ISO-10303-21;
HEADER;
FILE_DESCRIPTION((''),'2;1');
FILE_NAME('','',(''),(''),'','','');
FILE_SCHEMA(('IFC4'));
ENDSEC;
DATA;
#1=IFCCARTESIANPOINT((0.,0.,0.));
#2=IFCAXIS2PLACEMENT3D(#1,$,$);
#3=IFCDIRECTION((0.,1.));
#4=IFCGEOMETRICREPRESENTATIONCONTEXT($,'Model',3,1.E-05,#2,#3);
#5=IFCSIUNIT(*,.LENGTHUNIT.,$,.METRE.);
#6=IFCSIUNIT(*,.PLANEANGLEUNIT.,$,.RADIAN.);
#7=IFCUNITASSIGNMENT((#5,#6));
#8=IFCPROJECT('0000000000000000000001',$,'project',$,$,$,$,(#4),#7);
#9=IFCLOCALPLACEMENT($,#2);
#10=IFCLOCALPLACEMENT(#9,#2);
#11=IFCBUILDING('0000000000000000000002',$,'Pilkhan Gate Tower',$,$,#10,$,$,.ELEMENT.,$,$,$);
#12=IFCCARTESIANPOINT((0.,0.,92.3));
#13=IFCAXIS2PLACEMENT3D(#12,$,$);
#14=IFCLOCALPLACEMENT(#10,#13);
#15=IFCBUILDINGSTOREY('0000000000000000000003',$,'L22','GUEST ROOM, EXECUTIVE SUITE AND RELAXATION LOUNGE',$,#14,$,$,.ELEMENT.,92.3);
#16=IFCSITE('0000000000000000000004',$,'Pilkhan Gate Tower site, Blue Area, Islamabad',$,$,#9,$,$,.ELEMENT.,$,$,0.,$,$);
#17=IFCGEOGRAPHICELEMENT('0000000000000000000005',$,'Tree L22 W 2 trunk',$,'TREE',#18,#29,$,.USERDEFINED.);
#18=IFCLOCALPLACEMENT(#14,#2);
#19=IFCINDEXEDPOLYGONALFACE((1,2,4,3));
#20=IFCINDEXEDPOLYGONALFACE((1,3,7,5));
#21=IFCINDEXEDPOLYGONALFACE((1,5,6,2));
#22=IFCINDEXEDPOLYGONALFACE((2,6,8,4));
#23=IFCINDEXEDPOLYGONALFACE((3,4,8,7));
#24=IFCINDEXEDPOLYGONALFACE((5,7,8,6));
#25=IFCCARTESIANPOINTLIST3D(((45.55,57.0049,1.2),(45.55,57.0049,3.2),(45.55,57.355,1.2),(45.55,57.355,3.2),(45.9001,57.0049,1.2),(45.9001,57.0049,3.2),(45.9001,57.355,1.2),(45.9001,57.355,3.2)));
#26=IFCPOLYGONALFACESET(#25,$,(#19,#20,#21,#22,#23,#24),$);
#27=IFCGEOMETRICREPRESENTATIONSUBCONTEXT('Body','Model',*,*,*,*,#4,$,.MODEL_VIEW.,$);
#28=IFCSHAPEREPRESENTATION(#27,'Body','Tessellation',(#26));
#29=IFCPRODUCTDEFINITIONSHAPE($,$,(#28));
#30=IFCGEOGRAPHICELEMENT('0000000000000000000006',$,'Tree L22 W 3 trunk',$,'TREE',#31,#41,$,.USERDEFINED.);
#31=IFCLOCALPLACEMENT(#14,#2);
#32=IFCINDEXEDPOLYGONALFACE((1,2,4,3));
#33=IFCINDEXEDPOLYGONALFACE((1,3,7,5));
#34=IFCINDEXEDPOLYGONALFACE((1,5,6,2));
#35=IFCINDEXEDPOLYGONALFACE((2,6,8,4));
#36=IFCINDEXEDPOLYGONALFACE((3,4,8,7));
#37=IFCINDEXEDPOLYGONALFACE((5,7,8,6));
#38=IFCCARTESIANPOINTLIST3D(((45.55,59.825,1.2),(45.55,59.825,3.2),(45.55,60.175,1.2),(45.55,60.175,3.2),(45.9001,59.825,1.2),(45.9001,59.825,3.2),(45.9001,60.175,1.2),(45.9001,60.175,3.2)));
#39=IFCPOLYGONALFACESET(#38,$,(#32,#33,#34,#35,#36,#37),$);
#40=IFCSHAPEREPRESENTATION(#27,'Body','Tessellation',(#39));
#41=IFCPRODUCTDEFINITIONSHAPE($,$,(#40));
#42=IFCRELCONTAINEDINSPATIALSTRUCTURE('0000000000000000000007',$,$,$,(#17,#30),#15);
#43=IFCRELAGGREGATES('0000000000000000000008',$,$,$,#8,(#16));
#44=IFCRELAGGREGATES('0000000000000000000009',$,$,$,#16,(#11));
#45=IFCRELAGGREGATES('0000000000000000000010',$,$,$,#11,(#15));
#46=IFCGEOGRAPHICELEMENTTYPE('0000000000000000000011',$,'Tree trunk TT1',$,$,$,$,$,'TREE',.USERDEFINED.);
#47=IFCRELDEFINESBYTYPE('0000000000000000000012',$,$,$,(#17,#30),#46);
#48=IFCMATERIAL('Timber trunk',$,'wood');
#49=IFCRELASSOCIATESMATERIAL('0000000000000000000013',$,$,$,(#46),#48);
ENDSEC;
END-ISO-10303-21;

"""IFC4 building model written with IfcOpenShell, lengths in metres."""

from ifc_helpers import new_model, si_unit, direction, frame, origin, origin_2d, place, context, subcontext, project, spatial, rectangle, extrude, material, type_object, element, save


model = new_model("IFC4")

# Units and contexts
model_context = context("Model", 3, precision=1e-05, world=origin(), true_north=direction((0.0, 1.0)))
body_context = subcontext(model_context, "Body", "Model", "MODEL_VIEW")
ifc_project = project(units=[si_unit("LENGTHUNIT", "METRE"), si_unit("PLANEANGLEUNIT", "RADIAN")], contexts=[model_context])

# Site, building, storey
site_placement = place(None, origin())
site = spatial("IfcSite", under=ifc_project, at=site_placement, Name="Pilkhan Gate Tower site, Blue Area, Islamabad", CompositionType="ELEMENT", RefElevation=0.0)
building_placement = place(site_placement, origin())
building = spatial("IfcBuilding", under=site, at=building_placement, Name="Pilkhan Gate Tower", CompositionType="ELEMENT")
storey_placement = place(building_placement, frame((0.0, 0.0, 92.3)))
storey = spatial("IfcBuildingStorey", under=building, at=storey_placement, Name="L22", Description="GUEST ROOM, EXECUTIVE SUITE AND RELAXATION LOUNGE", CompositionType="ELEMENT", Elevation=92.3)

# Geographic elements
ifc_material_1 = material(Name="Timber trunk", Category="wood")
geographic_element_type_1 = type_object("IfcGeographicElementType", Name="Tree trunk TT1", ElementType="TREE", PredefinedType="USERDEFINED", material=ifc_material_1)
for number, where, z_axis, x_axis, name in (
    (1, (45.7251, 57.1799, 1.2), (0.0, 0.0, 1.0), (1.0, 0.0, 0.0), "Tree L22 W 2 trunk"),
    (2, (45.7251, 60.0, 1.2), (0.0, 0.0, 1.0), (1.0, 0.0, 0.0), "Tree L22 W 3 trunk"),
):
    element("IfcGeographicElement", number, at=place(storey_placement, frame(where, z_axis=z_axis, x_axis=x_axis)), inside=storey, type_object=geographic_element_type_1, Name=name, ObjectType="TREE", PredefinedType="USERDEFINED", context=body_context, shape_type="SweptSolid", body=[
        extrude(rectangle(XDim=0.3501, YDim=0.3501, at=origin_2d()), origin(), (0.0, 0.0, 1.0), 2.0),
    ])

save(model, "model.ifc")
